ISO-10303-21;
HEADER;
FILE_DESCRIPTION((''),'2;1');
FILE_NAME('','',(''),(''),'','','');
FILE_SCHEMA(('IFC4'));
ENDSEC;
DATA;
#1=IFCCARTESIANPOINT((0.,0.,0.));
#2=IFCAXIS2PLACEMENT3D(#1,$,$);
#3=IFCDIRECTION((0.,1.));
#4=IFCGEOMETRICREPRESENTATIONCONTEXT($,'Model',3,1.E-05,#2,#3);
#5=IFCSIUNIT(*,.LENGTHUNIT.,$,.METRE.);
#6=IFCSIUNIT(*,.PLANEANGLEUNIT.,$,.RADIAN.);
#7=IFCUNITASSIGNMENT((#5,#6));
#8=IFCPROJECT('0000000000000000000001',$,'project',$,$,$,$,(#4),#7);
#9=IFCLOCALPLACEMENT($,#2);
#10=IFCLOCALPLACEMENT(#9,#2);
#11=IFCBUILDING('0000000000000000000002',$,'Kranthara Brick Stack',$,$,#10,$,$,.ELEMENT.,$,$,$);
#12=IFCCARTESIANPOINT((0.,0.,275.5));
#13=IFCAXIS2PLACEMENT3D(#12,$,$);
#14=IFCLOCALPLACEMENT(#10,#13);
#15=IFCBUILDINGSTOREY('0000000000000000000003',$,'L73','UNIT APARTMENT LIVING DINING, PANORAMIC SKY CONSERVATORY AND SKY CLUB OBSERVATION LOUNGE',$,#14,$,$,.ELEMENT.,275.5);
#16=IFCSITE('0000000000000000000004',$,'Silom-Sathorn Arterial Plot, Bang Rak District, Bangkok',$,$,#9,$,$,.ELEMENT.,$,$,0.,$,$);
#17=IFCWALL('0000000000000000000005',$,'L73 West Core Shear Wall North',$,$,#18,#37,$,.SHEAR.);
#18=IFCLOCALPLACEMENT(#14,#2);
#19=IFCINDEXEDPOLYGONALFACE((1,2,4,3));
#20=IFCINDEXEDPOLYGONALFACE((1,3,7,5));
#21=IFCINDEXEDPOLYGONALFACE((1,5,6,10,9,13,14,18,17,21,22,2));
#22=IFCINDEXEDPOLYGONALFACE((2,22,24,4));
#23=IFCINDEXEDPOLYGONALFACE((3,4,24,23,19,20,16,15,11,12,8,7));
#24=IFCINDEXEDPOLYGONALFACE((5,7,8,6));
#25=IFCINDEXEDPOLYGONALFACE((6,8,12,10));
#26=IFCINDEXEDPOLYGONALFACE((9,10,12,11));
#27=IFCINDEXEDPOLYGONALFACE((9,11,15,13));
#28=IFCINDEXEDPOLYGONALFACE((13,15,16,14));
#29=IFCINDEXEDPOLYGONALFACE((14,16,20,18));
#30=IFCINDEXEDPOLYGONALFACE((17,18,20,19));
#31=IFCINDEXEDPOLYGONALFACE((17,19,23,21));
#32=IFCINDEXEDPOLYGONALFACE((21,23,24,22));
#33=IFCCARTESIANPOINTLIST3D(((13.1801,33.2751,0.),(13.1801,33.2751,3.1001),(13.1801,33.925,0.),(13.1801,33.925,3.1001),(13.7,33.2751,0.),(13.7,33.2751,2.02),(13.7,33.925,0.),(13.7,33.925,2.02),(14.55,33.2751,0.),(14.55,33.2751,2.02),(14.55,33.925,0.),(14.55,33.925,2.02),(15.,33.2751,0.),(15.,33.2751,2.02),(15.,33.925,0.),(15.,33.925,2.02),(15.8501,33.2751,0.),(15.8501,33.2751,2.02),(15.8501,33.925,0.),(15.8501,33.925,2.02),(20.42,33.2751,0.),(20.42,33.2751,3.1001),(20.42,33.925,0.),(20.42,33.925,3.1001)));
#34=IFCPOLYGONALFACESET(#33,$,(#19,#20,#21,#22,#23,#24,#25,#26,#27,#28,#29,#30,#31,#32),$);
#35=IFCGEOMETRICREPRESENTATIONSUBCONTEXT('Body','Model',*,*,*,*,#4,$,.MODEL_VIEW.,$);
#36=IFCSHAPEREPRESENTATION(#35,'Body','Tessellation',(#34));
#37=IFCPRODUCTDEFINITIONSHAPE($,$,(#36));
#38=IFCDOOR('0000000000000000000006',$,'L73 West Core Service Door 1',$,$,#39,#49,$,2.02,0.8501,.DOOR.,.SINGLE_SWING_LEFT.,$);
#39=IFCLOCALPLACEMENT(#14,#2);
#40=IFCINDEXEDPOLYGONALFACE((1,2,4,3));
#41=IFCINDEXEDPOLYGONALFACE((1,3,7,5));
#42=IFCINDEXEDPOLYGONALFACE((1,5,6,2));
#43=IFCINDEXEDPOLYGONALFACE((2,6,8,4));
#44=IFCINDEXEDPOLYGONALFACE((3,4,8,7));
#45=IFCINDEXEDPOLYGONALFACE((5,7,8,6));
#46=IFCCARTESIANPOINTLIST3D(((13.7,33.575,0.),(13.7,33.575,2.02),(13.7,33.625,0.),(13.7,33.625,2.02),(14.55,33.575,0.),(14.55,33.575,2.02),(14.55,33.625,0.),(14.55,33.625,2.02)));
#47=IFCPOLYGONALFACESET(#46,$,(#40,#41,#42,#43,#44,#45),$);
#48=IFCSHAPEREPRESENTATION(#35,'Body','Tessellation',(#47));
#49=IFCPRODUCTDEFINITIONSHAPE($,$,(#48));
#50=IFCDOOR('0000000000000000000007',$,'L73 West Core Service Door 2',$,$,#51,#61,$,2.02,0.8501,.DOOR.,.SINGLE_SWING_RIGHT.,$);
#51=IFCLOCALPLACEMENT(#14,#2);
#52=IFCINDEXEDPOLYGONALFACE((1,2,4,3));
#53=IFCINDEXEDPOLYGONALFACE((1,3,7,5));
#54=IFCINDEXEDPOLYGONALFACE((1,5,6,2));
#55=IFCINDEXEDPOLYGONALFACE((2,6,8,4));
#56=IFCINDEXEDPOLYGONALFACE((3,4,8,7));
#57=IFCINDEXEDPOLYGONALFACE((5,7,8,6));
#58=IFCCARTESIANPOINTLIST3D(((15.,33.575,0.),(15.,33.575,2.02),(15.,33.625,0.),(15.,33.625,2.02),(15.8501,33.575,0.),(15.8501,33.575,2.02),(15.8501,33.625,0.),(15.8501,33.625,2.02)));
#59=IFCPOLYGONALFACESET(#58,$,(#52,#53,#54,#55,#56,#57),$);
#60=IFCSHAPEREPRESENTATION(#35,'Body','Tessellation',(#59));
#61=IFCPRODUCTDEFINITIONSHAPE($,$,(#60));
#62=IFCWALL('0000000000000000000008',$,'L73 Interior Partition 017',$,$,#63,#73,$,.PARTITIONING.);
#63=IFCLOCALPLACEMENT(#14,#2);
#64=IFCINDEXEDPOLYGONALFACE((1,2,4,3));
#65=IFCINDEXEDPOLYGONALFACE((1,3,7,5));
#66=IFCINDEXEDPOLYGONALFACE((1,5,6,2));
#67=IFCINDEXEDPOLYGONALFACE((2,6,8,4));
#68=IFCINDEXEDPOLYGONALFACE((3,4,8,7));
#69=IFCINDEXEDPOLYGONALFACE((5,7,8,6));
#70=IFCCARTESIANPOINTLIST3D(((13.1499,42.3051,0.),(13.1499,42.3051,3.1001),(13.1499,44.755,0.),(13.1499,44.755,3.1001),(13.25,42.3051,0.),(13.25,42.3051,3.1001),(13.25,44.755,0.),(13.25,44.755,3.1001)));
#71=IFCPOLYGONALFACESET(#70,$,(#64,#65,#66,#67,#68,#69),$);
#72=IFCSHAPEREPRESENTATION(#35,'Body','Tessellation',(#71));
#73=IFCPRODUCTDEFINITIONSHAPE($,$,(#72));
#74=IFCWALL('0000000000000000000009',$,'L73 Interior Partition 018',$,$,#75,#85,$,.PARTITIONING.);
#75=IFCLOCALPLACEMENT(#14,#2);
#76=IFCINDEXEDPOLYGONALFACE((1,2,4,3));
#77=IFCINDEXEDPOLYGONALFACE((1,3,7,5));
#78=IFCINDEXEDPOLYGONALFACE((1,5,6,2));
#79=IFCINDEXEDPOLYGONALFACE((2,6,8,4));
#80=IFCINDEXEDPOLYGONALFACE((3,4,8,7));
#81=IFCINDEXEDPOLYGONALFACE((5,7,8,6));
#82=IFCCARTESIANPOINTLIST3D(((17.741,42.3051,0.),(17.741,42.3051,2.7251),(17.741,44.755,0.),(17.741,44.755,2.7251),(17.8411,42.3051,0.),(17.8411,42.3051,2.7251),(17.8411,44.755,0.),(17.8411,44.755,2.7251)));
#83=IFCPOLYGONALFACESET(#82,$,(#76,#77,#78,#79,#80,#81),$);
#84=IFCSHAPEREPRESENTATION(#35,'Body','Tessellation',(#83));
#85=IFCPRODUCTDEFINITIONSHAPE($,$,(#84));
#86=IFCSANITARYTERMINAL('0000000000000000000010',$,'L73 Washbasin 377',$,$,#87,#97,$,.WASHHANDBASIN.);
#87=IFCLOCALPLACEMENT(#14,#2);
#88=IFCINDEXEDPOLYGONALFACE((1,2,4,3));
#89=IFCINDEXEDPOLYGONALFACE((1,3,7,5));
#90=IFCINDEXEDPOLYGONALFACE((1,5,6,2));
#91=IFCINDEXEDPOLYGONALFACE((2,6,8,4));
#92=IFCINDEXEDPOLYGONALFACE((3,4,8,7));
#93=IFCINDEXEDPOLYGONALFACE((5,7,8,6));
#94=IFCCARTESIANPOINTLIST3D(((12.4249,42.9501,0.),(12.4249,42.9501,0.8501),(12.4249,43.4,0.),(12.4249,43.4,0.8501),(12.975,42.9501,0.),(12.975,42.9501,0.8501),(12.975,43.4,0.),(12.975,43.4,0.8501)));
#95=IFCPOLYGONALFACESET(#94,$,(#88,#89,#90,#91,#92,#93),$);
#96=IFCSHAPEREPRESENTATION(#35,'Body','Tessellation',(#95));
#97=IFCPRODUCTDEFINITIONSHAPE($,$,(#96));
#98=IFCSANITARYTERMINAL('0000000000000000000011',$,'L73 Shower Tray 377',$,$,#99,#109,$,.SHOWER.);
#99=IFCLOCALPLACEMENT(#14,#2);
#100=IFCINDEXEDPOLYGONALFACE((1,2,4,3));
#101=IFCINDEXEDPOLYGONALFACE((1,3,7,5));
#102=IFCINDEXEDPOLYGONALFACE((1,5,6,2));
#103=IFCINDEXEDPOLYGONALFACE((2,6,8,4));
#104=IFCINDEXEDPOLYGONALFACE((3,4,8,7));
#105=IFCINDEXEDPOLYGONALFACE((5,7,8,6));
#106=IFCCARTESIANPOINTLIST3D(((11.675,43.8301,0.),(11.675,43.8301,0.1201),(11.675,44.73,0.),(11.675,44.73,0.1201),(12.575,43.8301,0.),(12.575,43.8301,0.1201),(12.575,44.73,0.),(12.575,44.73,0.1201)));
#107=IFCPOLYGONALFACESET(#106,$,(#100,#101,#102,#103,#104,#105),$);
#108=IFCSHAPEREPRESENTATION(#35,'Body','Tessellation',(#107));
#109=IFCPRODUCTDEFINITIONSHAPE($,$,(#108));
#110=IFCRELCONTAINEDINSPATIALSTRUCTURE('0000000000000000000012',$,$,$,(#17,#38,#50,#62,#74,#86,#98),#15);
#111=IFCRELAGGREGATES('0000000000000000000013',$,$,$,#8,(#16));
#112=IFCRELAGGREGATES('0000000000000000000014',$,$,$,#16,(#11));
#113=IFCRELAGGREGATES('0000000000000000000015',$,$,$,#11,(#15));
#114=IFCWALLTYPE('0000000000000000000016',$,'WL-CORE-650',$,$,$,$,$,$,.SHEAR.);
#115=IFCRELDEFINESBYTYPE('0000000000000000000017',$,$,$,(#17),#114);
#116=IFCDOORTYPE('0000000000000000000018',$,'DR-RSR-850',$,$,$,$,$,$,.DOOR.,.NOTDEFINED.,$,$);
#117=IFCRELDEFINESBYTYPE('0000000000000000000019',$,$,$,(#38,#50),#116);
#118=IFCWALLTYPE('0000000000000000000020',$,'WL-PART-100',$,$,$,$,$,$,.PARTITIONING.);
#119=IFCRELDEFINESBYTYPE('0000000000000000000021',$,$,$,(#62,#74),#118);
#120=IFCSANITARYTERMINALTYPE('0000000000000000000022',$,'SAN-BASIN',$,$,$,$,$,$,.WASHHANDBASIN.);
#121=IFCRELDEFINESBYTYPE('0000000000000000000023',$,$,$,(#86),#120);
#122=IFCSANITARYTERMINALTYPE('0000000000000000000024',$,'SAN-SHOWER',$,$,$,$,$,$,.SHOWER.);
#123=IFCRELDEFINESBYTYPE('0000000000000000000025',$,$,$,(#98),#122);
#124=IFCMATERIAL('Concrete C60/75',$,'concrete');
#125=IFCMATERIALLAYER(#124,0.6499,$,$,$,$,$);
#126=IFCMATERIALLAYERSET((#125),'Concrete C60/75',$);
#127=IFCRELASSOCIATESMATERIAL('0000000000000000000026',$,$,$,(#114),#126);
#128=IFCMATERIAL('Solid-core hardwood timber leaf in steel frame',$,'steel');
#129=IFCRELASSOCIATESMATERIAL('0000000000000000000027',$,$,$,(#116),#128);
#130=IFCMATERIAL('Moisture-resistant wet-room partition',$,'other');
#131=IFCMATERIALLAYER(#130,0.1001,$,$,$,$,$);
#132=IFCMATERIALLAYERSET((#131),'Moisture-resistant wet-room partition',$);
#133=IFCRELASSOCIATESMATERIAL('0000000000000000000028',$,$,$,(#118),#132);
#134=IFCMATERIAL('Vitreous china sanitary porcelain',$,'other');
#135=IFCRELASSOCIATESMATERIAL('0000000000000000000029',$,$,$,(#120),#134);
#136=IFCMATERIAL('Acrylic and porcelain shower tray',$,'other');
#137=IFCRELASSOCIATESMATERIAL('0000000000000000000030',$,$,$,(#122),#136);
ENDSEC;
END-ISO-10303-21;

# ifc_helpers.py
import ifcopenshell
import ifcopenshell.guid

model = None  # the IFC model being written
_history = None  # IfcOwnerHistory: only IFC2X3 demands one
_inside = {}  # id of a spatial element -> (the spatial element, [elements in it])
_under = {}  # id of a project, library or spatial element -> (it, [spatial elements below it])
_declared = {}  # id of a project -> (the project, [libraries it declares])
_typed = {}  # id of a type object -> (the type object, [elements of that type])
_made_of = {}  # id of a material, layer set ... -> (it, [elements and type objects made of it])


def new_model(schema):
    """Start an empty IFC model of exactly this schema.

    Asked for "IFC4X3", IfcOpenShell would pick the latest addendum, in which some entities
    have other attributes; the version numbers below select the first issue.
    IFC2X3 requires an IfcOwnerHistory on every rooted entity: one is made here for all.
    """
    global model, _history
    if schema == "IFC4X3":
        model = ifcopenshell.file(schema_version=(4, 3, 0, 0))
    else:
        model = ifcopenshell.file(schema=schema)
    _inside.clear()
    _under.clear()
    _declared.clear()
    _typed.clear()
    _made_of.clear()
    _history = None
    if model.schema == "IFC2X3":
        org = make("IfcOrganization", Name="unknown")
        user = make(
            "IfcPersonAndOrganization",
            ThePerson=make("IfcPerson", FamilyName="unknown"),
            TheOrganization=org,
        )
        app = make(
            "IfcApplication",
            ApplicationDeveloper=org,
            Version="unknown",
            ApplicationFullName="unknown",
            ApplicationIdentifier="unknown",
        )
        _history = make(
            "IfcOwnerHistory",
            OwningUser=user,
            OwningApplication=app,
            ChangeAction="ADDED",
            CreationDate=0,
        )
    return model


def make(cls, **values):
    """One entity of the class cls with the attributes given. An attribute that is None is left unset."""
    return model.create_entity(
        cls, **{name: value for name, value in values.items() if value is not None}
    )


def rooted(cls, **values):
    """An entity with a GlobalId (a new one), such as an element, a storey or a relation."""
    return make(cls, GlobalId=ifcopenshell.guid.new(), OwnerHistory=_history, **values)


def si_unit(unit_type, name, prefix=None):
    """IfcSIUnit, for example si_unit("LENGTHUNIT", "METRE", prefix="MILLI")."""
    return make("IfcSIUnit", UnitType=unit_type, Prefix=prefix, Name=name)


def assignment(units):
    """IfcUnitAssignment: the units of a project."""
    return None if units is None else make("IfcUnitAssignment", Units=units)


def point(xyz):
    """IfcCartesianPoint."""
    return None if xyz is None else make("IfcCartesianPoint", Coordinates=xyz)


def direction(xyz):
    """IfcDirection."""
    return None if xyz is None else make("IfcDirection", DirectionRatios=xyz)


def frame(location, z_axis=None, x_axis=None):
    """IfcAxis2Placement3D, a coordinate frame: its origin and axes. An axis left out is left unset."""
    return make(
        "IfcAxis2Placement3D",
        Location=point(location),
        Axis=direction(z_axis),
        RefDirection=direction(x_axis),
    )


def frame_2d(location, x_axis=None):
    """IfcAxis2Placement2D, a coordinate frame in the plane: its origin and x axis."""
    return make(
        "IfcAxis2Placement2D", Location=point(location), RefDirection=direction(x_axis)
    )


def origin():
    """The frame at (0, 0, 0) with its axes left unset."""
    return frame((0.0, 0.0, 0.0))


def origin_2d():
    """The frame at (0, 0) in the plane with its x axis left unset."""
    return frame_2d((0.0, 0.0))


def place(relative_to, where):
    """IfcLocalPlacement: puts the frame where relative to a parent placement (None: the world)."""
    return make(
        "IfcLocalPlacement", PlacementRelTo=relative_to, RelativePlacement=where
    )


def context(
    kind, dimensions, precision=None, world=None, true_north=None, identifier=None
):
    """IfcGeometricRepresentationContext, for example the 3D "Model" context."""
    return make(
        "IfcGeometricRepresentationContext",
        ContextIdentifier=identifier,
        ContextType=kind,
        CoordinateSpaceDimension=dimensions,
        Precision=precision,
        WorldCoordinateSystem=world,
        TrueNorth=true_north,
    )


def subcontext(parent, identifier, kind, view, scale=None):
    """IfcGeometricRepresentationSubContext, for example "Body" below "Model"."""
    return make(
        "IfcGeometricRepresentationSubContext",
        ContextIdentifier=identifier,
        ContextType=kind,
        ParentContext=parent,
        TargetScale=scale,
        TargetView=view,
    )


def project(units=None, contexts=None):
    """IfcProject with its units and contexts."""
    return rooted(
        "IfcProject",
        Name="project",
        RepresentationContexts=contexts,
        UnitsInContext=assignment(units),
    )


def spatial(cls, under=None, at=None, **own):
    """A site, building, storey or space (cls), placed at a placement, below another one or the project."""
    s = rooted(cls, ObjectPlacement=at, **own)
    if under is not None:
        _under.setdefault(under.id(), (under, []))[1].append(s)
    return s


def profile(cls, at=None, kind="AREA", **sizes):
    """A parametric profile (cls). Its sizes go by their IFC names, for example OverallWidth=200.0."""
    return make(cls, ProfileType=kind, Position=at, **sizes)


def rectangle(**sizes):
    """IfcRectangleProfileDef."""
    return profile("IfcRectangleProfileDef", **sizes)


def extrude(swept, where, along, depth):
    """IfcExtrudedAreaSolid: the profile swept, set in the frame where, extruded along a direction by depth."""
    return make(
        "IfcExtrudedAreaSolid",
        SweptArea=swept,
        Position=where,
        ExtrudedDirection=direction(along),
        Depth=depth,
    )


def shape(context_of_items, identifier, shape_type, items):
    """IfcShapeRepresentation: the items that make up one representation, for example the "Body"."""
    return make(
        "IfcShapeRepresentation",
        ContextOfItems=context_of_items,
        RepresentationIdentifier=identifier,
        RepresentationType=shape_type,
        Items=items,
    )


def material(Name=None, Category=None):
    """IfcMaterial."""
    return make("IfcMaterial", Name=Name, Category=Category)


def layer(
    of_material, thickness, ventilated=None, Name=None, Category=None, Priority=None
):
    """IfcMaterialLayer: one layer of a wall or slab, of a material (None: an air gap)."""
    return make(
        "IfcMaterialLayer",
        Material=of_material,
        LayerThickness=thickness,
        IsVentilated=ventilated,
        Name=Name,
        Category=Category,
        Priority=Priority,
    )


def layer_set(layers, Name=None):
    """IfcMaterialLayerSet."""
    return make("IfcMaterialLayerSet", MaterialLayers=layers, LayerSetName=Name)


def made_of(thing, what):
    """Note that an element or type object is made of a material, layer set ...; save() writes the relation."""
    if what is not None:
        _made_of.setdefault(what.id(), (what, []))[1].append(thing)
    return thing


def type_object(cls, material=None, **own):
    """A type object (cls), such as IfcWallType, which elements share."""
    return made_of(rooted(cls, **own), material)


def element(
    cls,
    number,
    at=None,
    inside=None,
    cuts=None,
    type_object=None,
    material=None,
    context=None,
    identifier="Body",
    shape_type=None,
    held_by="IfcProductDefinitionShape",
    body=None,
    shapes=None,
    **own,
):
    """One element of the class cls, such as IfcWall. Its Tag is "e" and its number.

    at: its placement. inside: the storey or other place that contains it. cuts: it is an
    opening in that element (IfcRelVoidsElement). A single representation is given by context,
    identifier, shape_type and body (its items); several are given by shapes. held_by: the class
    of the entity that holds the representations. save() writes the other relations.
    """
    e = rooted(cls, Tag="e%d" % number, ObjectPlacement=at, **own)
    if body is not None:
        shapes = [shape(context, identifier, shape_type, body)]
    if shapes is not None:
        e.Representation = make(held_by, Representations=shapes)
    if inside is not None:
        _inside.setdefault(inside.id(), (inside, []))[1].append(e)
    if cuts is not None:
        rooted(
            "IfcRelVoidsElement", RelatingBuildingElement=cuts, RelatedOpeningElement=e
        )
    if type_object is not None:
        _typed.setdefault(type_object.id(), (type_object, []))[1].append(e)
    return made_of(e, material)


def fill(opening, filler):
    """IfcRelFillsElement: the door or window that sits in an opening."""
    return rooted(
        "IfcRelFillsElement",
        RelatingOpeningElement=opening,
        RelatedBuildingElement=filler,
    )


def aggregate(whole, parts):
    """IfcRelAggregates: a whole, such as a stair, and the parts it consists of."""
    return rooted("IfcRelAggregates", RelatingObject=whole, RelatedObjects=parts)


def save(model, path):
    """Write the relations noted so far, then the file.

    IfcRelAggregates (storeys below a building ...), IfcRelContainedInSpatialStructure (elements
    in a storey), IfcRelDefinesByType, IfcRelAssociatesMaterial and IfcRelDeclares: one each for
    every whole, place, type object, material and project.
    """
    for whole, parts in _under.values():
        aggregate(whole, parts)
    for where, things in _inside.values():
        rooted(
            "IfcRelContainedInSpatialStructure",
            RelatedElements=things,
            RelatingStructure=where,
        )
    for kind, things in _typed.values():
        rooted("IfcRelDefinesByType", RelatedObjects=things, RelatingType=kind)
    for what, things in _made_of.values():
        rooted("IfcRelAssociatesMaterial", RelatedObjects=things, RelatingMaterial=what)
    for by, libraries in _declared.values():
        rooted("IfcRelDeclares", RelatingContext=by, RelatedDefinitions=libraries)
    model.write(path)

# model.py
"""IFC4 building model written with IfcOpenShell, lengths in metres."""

from ifc_helpers import new_model, si_unit, direction, frame, frame_2d, origin, origin_2d, place, context, subcontext, project, spatial, rectangle, extrude, material, layer, layer_set, type_object, element, fill, save


model = new_model("IFC4")

# Units and contexts
model_context = context("Model", 3, precision=1e-05, world=origin(), true_north=direction((0.0, 1.0)))
body_context = subcontext(model_context, "Body", "Model", "MODEL_VIEW")
ifc_project = project(units=[si_unit("LENGTHUNIT", "METRE"), si_unit("PLANEANGLEUNIT", "RADIAN")], contexts=[model_context])

# Site, building, storey
site_placement = place(None, origin())
site = spatial("IfcSite", under=ifc_project, at=site_placement, Name="Silom-Sathorn Arterial Plot, Bang Rak District, Bangkok", CompositionType="ELEMENT", RefElevation=0.0)
building_placement = place(site_placement, origin())
building = spatial("IfcBuilding", under=site, at=building_placement, Name="Kranthara Brick Stack", CompositionType="ELEMENT")
storey_placement = place(building_placement, frame((0.0, 0.0, 275.5)))
storey = spatial("IfcBuildingStorey", under=building, at=storey_placement, Name="L73", Description="UNIT APARTMENT LIVING DINING, PANORAMIC SKY CONSERVATORY AND SKY CLUB OBSERVATION LOUNGE", CompositionType="ELEMENT", Elevation=275.5)

# Wall, openings, doors
ifc_material_1 = material(Name="Concrete C60/75", Category="concrete")
ifc_layer_1 = layer(ifc_material_1, 0.6499)
ifc_layer_set_1 = layer_set([ifc_layer_1], Name="Concrete C60/75")
wall_type_1 = type_object("IfcWallType", Name="WL-CORE-650", PredefinedType="SHEAR", material=ifc_layer_set_1)
wall_1_placement = place(storey_placement, frame((13.1799, 33.6001, 0.0), z_axis=(0.0, 0.0, 1.0), x_axis=(1.0, 0.0, 0.0)))
wall_1 = element("IfcWall", 1, at=wall_1_placement, inside=storey, type_object=wall_type_1, Name="L73 West Core Shear Wall North", PredefinedType="SHEAR", context=body_context, shape_type="SweptSolid", body=[
    extrude(rectangle(XDim=7.24, YDim=0.6499, at=frame_2d((3.6201, 0.0))), origin(), (0.0, 0.0, 1.0), 3.1001),
])
opening_1_placement = place(wall_1_placement, frame((0.52, 0.0, 0.0)))
opening_1 = element("IfcOpeningElement", 2, at=opening_1_placement, cuts=wall_1, PredefinedType="OPENING", context=body_context, shape_type="SweptSolid", body=[
    extrude(rectangle(XDim=0.8501, YDim=2.02, at=frame_2d((0.425, 1.01))), frame((0.0, 0.335, 0.0), z_axis=(0.0, -1.0, 0.0), x_axis=(1.0, 0.0, 0.0)), (0.0, 0.0, 1.0), 0.6699),
])
opening_2_placement = place(wall_1_placement, frame((1.8201, 0.0, 0.0)))
opening_2 = element("IfcOpeningElement", 3, at=opening_2_placement, cuts=wall_1, PredefinedType="OPENING", context=body_context, shape_type="SweptSolid", body=[
    extrude(rectangle(XDim=0.8501, YDim=2.02, at=frame_2d((0.425, 1.01))), frame((0.0, 0.335, 0.0), z_axis=(0.0, -1.0, 0.0), x_axis=(1.0, 0.0, 0.0)), (0.0, 0.0, 1.0), 0.6699),
])
ifc_material_2 = material(Name="Solid-core hardwood timber leaf in steel frame", Category="steel")
door_type = type_object("IfcDoorType", Name="DR-RSR-850", OperationType="NOTDEFINED", PredefinedType="DOOR", material=ifc_material_2)
door_1_placement = place(opening_1_placement, origin())
door_1 = element("IfcDoor", 4, at=door_1_placement, inside=storey, type_object=door_type, Name="L73 West Core Service Door 1", OperationType="SINGLE_SWING_LEFT", OverallHeight=2.02, OverallWidth=0.8501, PredefinedType="DOOR", context=body_context, shape_type="SweptSolid", body=[
    extrude(rectangle(XDim=0.8501, YDim=2.02, at=frame_2d((0.425, 1.01))), frame((0.0, 0.0249, 0.0), z_axis=(0.0, -1.0, 0.0), x_axis=(1.0, 0.0, 0.0)), (0.0, 0.0, 1.0), 0.05),
])
fill(opening_1, door_1)
door_2_placement = place(opening_2_placement, origin())
door_2 = element("IfcDoor", 5, at=door_2_placement, inside=storey, type_object=door_type, Name="L73 West Core Service Door 2", OperationType="SINGLE_SWING_RIGHT", OverallHeight=2.02, OverallWidth=0.8501, PredefinedType="DOOR", context=body_context, shape_type="SweptSolid", body=[
    extrude(rectangle(XDim=0.8501, YDim=2.02, at=frame_2d((0.425, 1.01))), frame((0.0, 0.0249, 0.0), z_axis=(0.0, -1.0, 0.0), x_axis=(1.0, 0.0, 0.0)), (0.0, 0.0, 1.0), 0.05),
])
fill(opening_2, door_2)

# Walls
ifc_material_3 = material(Name="Moisture-resistant wet-room partition", Category="other")
ifc_layer_2 = layer(ifc_material_3, 0.1001)
ifc_layer_set_2 = layer_set([ifc_layer_2], Name="Moisture-resistant wet-room partition")
wall_type_2 = type_object("IfcWallType", Name="WL-PART-100", PredefinedType="PARTITIONING", material=ifc_layer_set_2)
wall_2_placement = place(storey_placement, frame((13.2, 42.3049, 0.0), z_axis=(0.0, 0.0, 1.0), x_axis=(0.0, 1.0, 0.0)))
element("IfcWall", 6, at=wall_2_placement, inside=storey, type_object=wall_type_2, Name="L73 Interior Partition 017", PredefinedType="PARTITIONING", context=body_context, shape_type="SweptSolid", body=[
    extrude(rectangle(XDim=2.45, YDim=0.1001, at=frame_2d((1.2251, 0.0))), origin(), (0.0, 0.0, 1.0), 3.1001),
])
wall_3_placement = place(storey_placement, frame((17.791, 42.3049, 0.0), z_axis=(0.0, 0.0, 1.0), x_axis=(0.0, 1.0, 0.0)))
element("IfcWall", 7, at=wall_3_placement, inside=storey, type_object=wall_type_2, Name="L73 Interior Partition 018", PredefinedType="PARTITIONING", context=body_context, shape_type="SweptSolid", body=[
    extrude(rectangle(XDim=2.45, YDim=0.1001, at=frame_2d((1.2251, 0.0))), origin(), (0.0, 0.0, 1.0), 2.7251),
])

# Sanitary terminals
ifc_material_4 = material(Name="Vitreous china sanitary porcelain", Category="other")
sanitary_terminal_type_1 = type_object("IfcSanitaryTerminalType", Name="SAN-BASIN", PredefinedType="WASHHANDBASIN", material=ifc_material_4)
sanitary_terminal_1_placement = place(storey_placement, frame((12.7, 43.175, 0.0), z_axis=(0.0, 0.0, 1.0), x_axis=(1.0, 0.0, 0.0)))
element("IfcSanitaryTerminal", 8, at=sanitary_terminal_1_placement, inside=storey, type_object=sanitary_terminal_type_1, Name="L73 Washbasin 377", PredefinedType="WASHHANDBASIN", context=body_context, shape_type="SweptSolid", body=[
    extrude(rectangle(XDim=0.55, YDim=0.45, at=origin_2d()), origin(), (0.0, 0.0, 1.0), 0.8501),
])
ifc_material_5 = material(Name="Acrylic and porcelain shower tray", Category="other")
sanitary_terminal_type_2 = type_object("IfcSanitaryTerminalType", Name="SAN-SHOWER", PredefinedType="SHOWER", material=ifc_material_5)
sanitary_terminal_2_placement = place(storey_placement, frame((12.125, 44.28, 0.0), z_axis=(0.0, 0.0, 1.0), x_axis=(1.0, 0.0, 0.0)))
element("IfcSanitaryTerminal", 9, at=sanitary_terminal_2_placement, inside=storey, type_object=sanitary_terminal_type_2, Name="L73 Shower Tray 377", PredefinedType="SHOWER", context=body_context, shape_type="SweptSolid", body=[
    extrude(rectangle(XDim=0.8999, YDim=0.8999, at=origin_2d()), origin(), (0.0, 0.0, 1.0), 0.1201),
])

save(model, "model.ifc")
